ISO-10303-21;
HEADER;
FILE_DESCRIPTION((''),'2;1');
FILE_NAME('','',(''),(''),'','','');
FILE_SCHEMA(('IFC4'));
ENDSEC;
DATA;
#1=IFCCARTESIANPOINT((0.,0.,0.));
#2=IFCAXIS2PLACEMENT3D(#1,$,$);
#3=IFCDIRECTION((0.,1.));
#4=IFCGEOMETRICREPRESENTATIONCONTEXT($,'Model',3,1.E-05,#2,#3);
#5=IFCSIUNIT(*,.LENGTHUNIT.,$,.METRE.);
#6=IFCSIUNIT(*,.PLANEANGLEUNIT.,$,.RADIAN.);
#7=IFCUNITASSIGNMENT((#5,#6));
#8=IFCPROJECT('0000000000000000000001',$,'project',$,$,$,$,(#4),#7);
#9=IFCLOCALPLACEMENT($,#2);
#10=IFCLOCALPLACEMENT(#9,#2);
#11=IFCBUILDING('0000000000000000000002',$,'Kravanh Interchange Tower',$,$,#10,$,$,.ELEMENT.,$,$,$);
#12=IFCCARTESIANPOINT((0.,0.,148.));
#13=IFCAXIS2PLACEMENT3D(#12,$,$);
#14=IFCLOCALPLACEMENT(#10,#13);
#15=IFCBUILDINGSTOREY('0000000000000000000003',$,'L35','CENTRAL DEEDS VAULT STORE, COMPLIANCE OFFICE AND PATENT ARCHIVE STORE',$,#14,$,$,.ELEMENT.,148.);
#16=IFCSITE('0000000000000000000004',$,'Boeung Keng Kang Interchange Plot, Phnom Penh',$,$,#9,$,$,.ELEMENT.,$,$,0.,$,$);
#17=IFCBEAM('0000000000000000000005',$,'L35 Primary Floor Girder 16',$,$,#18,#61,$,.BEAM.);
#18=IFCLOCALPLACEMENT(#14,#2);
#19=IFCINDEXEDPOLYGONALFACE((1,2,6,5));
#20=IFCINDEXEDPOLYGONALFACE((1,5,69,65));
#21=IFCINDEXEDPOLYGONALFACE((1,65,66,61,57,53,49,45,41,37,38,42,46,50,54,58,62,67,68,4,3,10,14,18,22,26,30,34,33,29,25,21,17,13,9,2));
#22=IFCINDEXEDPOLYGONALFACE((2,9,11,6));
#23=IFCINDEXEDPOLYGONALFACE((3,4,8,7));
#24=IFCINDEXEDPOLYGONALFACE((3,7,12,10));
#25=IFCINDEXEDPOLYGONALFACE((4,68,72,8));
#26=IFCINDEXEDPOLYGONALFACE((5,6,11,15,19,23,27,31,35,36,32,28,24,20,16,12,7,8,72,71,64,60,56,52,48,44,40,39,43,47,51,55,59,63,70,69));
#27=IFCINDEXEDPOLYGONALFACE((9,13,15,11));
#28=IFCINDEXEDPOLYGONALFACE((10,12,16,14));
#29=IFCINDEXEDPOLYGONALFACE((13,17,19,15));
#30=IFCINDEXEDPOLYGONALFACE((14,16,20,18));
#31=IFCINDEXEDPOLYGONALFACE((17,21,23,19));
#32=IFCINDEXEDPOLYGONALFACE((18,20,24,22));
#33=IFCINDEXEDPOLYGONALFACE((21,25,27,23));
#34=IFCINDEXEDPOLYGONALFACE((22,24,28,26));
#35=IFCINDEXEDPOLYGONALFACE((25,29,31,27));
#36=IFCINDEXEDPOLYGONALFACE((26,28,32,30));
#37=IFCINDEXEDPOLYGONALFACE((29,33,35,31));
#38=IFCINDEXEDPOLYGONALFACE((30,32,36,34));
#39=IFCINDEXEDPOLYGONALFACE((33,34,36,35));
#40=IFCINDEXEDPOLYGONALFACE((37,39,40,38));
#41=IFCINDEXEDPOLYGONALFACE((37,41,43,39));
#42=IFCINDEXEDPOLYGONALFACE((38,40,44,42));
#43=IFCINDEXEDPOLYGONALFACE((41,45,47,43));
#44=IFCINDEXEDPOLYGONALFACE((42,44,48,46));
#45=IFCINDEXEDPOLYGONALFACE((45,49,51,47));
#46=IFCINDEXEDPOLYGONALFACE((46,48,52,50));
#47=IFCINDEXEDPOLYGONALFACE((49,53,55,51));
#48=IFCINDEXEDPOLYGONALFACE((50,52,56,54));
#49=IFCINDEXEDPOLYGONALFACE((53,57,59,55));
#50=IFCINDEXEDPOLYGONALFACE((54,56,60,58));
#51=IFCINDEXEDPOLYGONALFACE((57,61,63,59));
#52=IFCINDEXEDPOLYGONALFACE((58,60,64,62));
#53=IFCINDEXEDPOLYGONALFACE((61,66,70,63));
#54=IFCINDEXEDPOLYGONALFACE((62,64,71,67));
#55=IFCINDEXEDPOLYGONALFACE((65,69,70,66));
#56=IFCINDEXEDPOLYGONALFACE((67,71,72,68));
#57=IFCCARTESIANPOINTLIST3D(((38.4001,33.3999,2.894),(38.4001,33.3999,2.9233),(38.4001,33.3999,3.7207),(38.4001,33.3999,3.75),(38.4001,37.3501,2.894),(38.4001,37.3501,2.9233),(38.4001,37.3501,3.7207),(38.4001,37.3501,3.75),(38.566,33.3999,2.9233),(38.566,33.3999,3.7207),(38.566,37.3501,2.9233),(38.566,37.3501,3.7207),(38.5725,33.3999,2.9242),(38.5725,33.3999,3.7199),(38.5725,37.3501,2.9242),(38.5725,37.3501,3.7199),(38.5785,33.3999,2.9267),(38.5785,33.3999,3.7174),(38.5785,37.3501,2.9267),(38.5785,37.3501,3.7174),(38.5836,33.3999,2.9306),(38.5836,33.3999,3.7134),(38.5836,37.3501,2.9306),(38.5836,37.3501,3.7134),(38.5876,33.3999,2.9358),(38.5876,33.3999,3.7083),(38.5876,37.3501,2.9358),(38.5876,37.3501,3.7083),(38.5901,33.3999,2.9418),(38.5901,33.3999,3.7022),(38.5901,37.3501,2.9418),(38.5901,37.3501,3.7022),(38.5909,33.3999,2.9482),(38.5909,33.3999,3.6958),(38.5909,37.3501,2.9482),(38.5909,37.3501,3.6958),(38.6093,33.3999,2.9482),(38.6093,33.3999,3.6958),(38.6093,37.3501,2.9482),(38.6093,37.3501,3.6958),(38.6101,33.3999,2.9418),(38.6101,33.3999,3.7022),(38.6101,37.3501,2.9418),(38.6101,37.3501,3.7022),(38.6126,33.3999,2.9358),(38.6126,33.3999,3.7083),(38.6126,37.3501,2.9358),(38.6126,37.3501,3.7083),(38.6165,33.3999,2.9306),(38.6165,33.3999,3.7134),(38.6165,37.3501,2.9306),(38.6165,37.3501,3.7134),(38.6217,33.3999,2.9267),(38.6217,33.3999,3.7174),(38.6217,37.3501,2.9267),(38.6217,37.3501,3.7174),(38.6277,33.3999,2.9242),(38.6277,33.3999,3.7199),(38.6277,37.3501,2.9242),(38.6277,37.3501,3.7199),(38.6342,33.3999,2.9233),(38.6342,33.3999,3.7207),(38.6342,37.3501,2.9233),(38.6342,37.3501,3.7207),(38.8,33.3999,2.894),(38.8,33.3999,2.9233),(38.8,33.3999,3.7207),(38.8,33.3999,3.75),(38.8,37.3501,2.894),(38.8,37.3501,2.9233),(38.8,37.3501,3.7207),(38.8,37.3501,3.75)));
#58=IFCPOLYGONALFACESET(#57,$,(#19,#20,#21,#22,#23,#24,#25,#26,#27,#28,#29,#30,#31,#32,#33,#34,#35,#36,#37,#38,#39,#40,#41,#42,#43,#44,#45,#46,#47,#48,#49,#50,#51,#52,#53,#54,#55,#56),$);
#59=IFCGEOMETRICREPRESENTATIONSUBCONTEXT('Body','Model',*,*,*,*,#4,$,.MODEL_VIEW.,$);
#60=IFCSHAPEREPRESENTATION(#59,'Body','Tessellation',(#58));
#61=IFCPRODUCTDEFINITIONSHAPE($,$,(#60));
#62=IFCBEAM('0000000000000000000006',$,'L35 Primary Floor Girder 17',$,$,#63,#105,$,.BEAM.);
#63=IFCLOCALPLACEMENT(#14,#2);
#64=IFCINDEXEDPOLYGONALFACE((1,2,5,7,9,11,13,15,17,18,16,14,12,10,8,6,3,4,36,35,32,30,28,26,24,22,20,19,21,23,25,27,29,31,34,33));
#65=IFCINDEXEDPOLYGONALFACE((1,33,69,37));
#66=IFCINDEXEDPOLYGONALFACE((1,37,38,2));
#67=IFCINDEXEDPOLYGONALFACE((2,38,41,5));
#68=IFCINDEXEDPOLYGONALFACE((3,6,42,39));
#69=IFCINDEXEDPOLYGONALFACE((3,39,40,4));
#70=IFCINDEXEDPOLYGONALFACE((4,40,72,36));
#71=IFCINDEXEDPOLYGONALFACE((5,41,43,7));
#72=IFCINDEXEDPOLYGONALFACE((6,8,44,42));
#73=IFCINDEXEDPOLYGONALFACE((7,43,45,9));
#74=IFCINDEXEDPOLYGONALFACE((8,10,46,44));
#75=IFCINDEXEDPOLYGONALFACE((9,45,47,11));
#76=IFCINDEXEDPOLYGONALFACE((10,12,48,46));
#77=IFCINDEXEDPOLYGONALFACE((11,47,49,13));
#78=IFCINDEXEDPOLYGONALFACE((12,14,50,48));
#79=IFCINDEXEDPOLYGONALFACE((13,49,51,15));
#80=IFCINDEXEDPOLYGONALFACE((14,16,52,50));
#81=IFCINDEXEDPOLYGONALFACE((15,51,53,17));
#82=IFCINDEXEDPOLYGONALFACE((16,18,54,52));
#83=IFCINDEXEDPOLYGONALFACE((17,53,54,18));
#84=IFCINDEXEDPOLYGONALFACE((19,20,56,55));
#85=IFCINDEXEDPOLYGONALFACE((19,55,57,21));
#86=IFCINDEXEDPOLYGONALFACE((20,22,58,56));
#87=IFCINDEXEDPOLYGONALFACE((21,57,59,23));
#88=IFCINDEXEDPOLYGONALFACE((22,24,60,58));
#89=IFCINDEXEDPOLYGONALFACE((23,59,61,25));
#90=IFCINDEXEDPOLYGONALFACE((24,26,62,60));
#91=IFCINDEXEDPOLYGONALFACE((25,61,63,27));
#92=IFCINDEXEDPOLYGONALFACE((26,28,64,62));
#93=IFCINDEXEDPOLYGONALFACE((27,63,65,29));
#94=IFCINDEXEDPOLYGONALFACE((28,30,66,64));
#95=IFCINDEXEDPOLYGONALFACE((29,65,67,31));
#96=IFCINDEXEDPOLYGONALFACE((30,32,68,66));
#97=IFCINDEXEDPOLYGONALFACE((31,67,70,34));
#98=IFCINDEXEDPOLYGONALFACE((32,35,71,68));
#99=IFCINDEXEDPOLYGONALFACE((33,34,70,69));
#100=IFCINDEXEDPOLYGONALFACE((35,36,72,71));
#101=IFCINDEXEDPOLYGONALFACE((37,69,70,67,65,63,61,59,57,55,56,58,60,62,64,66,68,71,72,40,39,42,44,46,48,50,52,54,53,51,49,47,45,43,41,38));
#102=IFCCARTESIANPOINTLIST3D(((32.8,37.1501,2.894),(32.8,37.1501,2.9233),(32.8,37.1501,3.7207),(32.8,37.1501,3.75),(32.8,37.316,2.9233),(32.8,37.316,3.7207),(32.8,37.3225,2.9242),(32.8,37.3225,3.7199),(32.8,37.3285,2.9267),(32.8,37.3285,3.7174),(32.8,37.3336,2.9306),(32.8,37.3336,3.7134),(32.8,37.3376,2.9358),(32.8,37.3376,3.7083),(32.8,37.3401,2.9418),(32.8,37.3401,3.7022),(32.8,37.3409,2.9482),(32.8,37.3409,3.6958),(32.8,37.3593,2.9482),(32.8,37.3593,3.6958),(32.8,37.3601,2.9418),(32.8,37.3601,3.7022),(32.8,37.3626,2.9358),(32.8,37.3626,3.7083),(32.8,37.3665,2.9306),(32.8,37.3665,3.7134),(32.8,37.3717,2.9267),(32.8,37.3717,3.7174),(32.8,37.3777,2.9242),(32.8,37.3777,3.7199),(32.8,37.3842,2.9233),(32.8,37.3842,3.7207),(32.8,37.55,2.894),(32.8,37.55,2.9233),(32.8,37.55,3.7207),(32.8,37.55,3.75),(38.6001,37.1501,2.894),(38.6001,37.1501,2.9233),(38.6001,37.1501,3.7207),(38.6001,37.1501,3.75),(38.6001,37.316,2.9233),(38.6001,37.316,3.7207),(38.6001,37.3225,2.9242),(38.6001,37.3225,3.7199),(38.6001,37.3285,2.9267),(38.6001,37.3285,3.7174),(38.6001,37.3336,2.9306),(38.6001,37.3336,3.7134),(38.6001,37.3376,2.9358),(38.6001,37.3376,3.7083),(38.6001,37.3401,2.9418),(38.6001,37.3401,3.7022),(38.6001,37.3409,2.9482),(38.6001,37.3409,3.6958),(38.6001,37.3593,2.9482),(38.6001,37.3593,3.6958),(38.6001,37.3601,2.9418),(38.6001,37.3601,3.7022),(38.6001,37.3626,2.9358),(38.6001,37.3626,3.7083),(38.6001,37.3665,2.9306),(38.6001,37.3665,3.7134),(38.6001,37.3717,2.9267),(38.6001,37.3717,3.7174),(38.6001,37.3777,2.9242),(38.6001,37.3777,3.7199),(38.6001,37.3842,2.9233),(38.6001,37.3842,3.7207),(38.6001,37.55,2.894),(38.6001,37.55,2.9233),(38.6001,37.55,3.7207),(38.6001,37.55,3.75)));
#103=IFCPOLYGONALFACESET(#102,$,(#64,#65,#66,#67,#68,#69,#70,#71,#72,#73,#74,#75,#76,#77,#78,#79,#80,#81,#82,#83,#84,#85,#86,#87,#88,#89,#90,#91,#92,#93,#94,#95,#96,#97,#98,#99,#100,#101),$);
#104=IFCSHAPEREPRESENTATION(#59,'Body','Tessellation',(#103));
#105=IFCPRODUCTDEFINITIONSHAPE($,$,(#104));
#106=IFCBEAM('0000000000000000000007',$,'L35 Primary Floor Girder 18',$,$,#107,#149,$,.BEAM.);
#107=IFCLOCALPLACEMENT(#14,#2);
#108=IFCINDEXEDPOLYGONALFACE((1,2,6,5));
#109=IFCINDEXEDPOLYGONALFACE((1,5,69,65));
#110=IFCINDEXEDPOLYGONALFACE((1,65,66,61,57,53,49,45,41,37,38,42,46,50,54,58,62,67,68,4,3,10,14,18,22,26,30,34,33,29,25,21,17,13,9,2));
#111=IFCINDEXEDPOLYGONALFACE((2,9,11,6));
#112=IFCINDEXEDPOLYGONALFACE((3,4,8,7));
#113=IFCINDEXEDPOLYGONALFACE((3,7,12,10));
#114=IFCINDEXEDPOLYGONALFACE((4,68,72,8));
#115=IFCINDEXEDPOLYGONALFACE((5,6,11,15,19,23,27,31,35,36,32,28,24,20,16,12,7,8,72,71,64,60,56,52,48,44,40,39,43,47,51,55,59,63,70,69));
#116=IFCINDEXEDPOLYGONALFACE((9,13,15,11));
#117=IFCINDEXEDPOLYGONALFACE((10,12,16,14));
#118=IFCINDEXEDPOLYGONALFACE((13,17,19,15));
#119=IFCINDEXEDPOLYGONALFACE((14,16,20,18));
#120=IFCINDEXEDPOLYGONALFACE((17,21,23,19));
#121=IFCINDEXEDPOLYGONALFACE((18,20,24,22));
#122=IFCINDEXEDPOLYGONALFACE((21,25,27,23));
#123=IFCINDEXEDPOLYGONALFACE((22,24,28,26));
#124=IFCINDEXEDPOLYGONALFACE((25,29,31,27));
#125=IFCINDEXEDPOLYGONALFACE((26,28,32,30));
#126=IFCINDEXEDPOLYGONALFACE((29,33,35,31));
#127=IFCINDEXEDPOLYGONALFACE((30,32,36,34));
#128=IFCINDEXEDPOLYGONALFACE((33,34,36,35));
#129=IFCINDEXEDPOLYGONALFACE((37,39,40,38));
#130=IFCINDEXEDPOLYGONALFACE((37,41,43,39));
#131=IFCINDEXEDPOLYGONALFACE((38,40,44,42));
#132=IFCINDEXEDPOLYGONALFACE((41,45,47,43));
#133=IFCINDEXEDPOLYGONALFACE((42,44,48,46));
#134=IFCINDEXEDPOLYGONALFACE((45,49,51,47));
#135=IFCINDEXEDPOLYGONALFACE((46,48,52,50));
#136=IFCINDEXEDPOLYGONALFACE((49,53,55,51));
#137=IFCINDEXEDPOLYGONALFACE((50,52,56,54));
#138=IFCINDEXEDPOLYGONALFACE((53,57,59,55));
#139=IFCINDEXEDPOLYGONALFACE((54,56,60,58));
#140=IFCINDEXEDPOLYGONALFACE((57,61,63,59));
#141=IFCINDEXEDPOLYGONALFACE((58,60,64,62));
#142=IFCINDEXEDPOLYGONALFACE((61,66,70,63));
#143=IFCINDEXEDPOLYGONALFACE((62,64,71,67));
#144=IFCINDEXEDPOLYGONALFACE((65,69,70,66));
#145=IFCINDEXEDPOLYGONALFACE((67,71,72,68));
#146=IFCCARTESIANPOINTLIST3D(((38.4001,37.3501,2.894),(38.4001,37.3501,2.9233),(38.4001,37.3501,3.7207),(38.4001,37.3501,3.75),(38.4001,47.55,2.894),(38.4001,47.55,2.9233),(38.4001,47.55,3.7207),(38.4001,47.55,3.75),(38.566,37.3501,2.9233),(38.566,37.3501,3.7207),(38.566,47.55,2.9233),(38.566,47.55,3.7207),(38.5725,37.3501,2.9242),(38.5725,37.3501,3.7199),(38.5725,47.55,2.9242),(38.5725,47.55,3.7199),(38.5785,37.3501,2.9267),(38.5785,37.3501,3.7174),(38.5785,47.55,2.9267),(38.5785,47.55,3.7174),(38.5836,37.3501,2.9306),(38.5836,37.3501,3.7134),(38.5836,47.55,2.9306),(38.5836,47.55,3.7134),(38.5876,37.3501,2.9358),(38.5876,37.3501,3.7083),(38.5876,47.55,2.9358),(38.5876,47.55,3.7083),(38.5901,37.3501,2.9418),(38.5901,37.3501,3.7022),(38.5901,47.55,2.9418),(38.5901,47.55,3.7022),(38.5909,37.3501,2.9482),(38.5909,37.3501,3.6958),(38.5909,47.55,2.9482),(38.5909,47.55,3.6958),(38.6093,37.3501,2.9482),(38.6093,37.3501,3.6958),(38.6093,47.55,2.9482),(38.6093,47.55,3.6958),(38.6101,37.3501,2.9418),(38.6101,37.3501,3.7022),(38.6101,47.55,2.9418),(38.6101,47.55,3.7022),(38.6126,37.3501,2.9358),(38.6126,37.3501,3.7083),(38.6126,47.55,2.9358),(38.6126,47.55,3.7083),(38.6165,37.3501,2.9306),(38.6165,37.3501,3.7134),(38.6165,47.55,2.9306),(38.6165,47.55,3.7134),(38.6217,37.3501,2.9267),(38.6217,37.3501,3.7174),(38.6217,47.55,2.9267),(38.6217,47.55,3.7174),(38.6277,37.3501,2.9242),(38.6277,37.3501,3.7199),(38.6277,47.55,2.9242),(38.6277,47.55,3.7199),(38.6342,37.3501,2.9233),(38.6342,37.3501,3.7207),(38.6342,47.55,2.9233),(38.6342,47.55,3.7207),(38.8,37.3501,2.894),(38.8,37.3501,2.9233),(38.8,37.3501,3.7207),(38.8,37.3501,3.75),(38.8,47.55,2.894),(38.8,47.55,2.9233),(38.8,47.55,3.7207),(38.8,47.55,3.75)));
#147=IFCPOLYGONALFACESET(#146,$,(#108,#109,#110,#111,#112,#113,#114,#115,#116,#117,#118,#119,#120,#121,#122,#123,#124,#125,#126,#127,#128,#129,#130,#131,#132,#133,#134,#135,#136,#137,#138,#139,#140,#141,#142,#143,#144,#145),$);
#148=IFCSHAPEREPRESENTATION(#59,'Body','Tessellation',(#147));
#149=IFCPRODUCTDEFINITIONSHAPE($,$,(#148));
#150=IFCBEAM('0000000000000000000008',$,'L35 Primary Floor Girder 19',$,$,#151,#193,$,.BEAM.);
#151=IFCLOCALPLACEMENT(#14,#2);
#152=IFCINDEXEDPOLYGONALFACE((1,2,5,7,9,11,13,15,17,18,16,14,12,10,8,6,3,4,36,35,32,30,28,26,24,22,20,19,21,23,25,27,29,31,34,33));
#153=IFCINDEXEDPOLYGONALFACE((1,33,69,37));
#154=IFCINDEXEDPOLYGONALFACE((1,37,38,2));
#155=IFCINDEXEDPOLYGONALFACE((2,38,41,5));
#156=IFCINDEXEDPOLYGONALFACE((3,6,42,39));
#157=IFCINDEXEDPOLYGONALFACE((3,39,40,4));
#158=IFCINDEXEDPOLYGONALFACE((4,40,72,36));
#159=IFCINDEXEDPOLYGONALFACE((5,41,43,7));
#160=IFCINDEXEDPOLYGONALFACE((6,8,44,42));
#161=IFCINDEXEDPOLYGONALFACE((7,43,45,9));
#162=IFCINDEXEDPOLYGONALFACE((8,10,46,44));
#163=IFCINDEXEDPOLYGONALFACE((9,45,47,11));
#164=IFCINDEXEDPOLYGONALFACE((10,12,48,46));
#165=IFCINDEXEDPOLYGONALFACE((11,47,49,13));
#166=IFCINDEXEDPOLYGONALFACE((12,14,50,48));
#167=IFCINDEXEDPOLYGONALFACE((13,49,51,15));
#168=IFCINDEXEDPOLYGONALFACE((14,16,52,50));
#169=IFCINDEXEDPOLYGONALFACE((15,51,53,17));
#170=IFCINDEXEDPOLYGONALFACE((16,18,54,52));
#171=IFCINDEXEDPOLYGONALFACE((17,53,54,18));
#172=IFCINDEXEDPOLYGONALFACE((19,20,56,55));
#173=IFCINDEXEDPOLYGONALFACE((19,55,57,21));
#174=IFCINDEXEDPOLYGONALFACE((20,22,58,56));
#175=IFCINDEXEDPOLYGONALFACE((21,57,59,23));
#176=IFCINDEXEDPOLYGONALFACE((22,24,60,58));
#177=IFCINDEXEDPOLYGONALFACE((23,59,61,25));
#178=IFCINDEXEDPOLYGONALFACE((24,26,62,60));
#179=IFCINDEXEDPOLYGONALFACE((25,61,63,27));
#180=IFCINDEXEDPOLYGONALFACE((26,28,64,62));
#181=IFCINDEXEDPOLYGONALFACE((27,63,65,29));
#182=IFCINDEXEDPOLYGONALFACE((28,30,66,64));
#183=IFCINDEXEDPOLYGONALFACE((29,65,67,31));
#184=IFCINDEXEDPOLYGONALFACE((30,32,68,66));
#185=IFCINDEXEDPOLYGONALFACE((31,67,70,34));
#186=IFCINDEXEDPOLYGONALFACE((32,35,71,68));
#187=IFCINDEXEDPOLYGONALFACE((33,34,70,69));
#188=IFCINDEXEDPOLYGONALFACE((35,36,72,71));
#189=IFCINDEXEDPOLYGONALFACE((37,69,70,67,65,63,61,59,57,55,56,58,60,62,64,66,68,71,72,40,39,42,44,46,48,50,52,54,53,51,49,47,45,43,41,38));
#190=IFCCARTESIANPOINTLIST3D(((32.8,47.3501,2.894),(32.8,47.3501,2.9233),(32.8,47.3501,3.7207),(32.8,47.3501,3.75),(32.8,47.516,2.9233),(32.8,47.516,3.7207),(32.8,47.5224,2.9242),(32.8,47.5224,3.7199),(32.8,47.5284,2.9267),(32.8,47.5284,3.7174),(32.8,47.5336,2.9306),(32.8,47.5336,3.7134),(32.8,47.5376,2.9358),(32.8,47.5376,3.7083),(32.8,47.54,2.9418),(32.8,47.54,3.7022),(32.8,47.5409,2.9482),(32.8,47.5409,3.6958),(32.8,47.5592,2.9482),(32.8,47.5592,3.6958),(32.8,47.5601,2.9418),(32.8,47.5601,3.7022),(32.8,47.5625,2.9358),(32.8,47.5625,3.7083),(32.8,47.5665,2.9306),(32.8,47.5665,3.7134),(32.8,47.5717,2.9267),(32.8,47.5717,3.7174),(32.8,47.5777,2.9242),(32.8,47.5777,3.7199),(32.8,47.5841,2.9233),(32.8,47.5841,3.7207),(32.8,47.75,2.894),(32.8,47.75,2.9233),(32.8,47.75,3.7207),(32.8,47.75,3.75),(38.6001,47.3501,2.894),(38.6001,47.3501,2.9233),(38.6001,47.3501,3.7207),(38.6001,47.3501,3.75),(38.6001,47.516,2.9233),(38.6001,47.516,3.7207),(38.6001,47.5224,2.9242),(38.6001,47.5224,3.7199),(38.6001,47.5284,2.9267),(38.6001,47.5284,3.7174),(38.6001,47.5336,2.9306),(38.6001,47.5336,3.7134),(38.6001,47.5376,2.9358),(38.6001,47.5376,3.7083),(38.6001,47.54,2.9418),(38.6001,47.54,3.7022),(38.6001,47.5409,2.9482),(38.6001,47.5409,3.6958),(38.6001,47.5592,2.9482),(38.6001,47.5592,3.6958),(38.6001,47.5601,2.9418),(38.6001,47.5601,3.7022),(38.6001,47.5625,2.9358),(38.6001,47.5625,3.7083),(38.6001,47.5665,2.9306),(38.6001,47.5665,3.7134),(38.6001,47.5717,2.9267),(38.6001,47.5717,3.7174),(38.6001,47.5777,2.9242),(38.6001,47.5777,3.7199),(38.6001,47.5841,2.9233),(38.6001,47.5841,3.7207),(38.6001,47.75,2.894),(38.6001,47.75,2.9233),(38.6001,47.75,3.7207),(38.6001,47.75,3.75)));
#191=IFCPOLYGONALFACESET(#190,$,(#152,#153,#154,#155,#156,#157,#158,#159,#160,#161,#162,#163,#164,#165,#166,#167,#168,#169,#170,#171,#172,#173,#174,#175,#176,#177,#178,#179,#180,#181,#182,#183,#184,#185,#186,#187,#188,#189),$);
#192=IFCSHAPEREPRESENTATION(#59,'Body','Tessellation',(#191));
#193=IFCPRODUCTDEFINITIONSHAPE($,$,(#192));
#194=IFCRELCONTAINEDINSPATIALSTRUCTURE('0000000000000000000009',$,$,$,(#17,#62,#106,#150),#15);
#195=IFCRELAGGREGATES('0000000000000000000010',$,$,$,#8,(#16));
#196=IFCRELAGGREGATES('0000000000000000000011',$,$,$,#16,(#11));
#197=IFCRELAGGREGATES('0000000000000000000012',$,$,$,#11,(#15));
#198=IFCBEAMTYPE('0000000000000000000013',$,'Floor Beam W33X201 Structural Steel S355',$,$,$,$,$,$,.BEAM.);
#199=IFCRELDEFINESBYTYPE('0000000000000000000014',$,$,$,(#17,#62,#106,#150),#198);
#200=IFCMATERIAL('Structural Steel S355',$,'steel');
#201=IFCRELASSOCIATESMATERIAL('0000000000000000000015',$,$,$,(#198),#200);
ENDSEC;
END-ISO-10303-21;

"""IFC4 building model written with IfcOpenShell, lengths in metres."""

from ifc_helpers import new_model, si_unit, direction, frame, origin, origin_2d, place, context, subcontext, project, spatial, i_section, extrude, material, material_profile, profile_set, type_object, element, save


model = new_model("IFC4")

# Units and contexts
model_context = context("Model", 3, precision=1e-05, world=origin(), true_north=direction((0.0, 1.0)))
body_context = subcontext(model_context, "Body", "Model", "MODEL_VIEW")
ifc_project = project(units=[si_unit("LENGTHUNIT", "METRE"), si_unit("PLANEANGLEUNIT", "RADIAN")], contexts=[model_context])

# Site, building, storey
site_placement = place(None, origin())
site = spatial("IfcSite", under=ifc_project, at=site_placement, Name="Boeung Keng Kang Interchange Plot, Phnom Penh", CompositionType="ELEMENT", RefElevation=0.0)
building_placement = place(site_placement, origin())
building = spatial("IfcBuilding", under=site, at=building_placement, Name="Kravanh Interchange Tower", CompositionType="ELEMENT")
storey_placement = place(building_placement, frame((0.0, 0.0, 148.0)))
storey = spatial("IfcBuildingStorey", under=building, at=storey_placement, Name="L35", Description="CENTRAL DEEDS VAULT STORE, COMPLIANCE OFFICE AND PATENT ARCHIVE STORE", CompositionType="ELEMENT", Elevation=148.0)

# Beams
ifc_material_1 = material(Name="Structural Steel S355", Category="steel")
ifc_material_profile_1 = material_profile(ifc_material_1, i_section(OverallWidth=0.3999, OverallDepth=0.856, WebThickness=0.0183, FlangeThickness=0.0293, FilletRadius=0.0249, at=origin_2d()), Name="W33X201")
ifc_profile_set_1 = profile_set([ifc_material_profile_1], Name="Structural Steel S355")
beam_type_1 = type_object("IfcBeamType", Name="Floor Beam W33X201 Structural Steel S355", PredefinedType="BEAM", material=ifc_profile_set_1)
beam_1_placement = place(storey_placement, frame((38.6001, 37.3501, 3.322), z_axis=(0.0, -1.0, 0.0), x_axis=(1.0, 0.0, 0.0)))
element("IfcBeam", 1, at=beam_1_placement, inside=storey, type_object=beam_type_1, Name="L35 Primary Floor Girder 16", PredefinedType="BEAM", context=body_context, shape_type="SweptSolid", body=[
    extrude(i_section(OverallWidth=0.3999, OverallDepth=0.856, WebThickness=0.0183, FlangeThickness=0.0293, FilletRadius=0.0249, at=origin_2d()), origin(), (0.0, 0.0, 1.0), 3.9502),
])
beam_2_placement = place(storey_placement, frame((38.6001, 37.3501, 3.322), z_axis=(-1.0, 0.0, 0.0), x_axis=(0.0, -1.0, 0.0)))
element("IfcBeam", 2, at=beam_2_placement, inside=storey, type_object=beam_type_1, Name="L35 Primary Floor Girder 17", PredefinedType="BEAM", context=body_context, shape_type="SweptSolid", body=[
    extrude(i_section(OverallWidth=0.3999, OverallDepth=0.856, WebThickness=0.0183, FlangeThickness=0.0293, FilletRadius=0.0249, at=origin_2d()), origin(), (0.0, 0.0, 1.0), 5.8),
])
beam_3_placement = place(storey_placement, frame((38.6001, 37.3501, 3.322), z_axis=(0.0, 1.0, 0.0), x_axis=(-1.0, 0.0, 0.0)))
element("IfcBeam", 3, at=beam_3_placement, inside=storey, type_object=beam_type_1, Name="L35 Primary Floor Girder 18", PredefinedType="BEAM", context=body_context, shape_type="SweptSolid", body=[
    extrude(i_section(OverallWidth=0.3999, OverallDepth=0.856, WebThickness=0.0183, FlangeThickness=0.0293, FilletRadius=0.0249, at=origin_2d()), origin(), (0.0, 0.0, 1.0), 10.2),
])
beam_4_placement = place(storey_placement, frame((38.6001, 47.55, 3.322), z_axis=(-1.0, 0.0, 0.0), x_axis=(0.0, -1.0, 0.0)))
element("IfcBeam", 4, at=beam_4_placement, inside=storey, type_object=beam_type_1, Name="L35 Primary Floor Girder 19", PredefinedType="BEAM", context=body_context, shape_type="SweptSolid", body=[
    extrude(i_section(OverallWidth=0.3999, OverallDepth=0.856, WebThickness=0.0183, FlangeThickness=0.0293, FilletRadius=0.0249, at=origin_2d()), origin(), (0.0, 0.0, 1.0), 5.8),
])

save(model, "model.ifc")
